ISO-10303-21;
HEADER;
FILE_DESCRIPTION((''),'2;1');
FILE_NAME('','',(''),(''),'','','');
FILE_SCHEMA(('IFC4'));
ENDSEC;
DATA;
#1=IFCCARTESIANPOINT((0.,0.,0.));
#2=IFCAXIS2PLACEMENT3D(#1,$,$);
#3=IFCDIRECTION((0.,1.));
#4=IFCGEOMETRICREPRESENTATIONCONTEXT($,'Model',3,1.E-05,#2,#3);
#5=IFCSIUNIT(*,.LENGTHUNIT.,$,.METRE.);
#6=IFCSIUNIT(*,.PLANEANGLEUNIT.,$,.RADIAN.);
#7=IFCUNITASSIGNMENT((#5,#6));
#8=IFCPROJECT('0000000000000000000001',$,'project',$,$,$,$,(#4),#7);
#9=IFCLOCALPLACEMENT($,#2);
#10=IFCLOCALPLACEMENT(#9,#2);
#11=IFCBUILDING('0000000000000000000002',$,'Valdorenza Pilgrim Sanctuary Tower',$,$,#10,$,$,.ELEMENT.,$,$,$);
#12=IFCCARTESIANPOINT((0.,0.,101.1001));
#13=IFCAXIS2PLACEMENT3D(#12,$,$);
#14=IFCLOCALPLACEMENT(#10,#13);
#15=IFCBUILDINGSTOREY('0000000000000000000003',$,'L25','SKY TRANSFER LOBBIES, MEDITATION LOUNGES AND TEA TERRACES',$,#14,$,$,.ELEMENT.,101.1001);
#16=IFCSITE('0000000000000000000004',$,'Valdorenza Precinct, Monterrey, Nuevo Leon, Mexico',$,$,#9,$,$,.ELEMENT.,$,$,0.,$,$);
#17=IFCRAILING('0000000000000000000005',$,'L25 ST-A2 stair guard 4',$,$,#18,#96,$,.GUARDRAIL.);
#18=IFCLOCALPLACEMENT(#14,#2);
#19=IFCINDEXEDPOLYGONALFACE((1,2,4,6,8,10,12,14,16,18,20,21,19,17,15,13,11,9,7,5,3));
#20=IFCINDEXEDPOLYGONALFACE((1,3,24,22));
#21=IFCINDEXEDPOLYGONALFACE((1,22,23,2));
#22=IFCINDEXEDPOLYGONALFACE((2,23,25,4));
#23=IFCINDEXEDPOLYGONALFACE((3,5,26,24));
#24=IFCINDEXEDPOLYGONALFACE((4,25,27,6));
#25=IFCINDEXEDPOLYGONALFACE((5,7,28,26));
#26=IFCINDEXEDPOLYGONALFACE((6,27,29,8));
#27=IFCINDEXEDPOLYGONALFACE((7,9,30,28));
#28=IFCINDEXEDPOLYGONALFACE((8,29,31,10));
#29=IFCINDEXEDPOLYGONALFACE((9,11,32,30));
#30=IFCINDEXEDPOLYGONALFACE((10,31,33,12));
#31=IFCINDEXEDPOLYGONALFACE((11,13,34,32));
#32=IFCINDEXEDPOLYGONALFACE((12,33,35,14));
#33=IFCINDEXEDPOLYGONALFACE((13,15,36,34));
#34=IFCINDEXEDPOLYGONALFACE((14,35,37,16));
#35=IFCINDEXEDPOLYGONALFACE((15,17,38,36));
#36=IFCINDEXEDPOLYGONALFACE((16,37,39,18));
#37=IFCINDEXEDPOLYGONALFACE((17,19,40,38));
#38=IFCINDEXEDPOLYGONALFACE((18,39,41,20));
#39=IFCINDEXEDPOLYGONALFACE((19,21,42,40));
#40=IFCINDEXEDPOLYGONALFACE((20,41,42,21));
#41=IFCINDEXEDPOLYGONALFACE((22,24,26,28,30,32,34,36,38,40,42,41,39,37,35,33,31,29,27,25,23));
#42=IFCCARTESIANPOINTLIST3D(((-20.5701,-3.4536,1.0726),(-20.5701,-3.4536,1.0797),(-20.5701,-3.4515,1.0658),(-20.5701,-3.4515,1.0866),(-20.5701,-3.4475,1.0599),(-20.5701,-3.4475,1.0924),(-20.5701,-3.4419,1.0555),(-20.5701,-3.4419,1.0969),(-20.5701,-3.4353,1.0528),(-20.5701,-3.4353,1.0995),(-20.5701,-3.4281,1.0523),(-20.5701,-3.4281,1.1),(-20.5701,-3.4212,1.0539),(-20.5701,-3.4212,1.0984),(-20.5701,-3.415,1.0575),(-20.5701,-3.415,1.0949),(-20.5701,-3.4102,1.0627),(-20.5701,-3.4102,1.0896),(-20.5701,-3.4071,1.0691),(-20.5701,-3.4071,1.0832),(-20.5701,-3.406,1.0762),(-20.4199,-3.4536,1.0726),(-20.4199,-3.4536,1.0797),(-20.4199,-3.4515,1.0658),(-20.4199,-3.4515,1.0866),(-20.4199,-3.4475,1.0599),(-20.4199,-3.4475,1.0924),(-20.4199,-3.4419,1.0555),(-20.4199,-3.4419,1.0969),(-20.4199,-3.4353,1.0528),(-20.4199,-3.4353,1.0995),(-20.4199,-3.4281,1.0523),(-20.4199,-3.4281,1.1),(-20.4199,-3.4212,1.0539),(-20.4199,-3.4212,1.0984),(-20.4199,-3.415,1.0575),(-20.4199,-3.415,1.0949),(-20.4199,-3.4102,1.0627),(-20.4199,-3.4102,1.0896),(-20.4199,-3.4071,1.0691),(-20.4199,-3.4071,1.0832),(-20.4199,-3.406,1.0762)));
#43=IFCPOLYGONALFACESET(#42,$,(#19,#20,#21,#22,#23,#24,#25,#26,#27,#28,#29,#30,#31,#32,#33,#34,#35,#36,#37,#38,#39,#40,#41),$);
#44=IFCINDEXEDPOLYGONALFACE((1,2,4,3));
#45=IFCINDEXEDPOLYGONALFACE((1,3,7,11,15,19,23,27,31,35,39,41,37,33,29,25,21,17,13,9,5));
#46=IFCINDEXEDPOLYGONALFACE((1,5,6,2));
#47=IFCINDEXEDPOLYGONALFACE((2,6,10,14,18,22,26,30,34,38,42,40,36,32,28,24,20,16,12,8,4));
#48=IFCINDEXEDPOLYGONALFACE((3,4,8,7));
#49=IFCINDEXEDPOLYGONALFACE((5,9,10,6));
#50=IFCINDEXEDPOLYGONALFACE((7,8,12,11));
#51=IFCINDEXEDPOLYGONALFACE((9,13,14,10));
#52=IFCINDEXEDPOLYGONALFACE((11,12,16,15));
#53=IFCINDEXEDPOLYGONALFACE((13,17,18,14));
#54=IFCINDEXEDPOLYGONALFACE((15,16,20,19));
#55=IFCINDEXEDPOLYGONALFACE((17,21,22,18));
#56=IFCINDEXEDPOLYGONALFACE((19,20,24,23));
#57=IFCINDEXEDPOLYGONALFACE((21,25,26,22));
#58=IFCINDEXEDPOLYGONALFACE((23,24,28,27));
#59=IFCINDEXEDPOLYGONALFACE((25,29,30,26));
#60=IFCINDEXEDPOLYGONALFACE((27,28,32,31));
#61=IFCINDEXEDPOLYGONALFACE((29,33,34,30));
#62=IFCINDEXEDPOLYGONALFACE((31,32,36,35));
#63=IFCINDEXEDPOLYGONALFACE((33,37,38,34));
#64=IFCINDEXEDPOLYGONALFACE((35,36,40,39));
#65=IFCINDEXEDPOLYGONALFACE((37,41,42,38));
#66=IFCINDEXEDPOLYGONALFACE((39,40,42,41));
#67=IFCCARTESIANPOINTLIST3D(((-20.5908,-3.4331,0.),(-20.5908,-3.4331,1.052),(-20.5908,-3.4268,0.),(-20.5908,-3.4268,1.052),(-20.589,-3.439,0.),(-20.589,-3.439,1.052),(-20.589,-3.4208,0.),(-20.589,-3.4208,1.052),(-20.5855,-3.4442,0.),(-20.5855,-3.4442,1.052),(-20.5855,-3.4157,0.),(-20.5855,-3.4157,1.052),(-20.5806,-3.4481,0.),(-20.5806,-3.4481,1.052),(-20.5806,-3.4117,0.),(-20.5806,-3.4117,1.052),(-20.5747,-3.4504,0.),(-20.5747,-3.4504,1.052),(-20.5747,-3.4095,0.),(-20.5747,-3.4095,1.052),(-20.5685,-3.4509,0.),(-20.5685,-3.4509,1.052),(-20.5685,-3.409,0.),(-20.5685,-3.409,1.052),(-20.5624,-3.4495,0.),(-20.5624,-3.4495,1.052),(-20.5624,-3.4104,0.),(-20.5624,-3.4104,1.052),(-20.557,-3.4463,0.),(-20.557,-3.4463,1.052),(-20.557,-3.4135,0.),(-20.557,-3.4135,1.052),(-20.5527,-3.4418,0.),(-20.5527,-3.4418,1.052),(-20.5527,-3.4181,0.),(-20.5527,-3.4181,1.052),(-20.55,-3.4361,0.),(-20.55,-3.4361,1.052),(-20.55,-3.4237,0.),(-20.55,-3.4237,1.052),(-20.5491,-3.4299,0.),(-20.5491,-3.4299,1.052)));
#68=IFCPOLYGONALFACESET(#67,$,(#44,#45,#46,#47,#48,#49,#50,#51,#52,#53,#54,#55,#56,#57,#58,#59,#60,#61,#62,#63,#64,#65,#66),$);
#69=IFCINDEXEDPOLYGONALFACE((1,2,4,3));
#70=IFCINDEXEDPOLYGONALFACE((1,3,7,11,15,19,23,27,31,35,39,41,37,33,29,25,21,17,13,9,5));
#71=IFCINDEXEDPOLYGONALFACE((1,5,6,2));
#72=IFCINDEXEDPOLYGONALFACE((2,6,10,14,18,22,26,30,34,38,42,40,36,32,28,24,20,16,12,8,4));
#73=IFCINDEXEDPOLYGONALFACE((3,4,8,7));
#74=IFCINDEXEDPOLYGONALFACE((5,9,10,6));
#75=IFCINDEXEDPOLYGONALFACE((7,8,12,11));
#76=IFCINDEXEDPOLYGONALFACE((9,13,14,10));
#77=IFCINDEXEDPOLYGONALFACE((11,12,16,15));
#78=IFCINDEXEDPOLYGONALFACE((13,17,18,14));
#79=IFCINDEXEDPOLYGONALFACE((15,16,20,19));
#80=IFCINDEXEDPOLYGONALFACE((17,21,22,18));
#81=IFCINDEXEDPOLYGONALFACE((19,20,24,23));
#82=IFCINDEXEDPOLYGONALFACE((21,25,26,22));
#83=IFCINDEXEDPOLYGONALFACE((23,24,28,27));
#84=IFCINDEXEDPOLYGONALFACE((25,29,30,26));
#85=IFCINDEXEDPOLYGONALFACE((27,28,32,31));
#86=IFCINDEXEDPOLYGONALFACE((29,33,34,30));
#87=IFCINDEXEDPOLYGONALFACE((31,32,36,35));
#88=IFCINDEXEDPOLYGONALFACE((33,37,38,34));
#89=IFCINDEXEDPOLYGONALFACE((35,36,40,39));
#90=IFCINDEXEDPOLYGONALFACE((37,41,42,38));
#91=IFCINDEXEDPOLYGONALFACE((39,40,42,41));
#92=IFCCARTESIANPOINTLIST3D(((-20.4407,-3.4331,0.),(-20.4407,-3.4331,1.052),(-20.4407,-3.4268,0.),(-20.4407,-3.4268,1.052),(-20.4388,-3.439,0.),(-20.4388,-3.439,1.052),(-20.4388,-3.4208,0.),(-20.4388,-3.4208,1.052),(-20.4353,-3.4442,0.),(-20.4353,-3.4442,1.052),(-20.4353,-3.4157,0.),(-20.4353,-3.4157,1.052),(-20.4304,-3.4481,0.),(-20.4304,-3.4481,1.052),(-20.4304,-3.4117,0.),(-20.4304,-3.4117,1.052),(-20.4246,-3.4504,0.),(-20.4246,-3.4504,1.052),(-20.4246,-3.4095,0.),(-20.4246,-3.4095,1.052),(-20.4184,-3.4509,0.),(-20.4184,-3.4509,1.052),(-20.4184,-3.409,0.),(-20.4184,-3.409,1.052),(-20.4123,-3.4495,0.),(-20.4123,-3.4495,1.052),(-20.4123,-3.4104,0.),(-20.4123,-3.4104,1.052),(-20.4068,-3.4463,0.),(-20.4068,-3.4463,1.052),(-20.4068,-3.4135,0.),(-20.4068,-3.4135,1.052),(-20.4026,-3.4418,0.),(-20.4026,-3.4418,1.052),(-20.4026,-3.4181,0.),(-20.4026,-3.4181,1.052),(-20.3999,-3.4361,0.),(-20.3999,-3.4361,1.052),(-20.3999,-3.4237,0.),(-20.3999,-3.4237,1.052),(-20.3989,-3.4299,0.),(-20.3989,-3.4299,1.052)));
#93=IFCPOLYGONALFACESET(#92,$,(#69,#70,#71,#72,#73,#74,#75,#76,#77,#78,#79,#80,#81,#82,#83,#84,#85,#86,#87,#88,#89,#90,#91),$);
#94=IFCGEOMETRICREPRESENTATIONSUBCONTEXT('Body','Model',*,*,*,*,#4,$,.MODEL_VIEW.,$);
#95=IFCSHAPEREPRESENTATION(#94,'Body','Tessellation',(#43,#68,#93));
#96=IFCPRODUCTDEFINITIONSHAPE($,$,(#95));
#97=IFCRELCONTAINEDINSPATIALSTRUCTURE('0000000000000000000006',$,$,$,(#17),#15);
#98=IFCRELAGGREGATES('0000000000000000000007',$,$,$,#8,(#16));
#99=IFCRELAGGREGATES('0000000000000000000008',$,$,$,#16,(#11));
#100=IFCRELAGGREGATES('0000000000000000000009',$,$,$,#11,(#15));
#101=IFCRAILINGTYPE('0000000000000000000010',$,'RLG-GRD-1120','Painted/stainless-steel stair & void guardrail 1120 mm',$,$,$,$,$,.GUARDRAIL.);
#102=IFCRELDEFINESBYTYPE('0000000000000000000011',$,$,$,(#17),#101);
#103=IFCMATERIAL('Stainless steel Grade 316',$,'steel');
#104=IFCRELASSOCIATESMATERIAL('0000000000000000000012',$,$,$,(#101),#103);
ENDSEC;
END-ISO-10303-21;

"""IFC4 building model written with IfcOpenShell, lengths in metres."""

from ifc_helpers import new_model, si_unit, direction, frame, origin, origin_2d, place, context, subcontext, project, spatial, circle, extrude, material, type_object, element, save


model = new_model("IFC4")

# Units and contexts
model_context = context("Model", 3, precision=1e-05, world=origin(), true_north=direction((0.0, 1.0)))
body_context = subcontext(model_context, "Body", "Model", "MODEL_VIEW")
ifc_project = project(units=[si_unit("LENGTHUNIT", "METRE"), si_unit("PLANEANGLEUNIT", "RADIAN")], contexts=[model_context])

# Site, building, storey
site_placement = place(None, origin())
site = spatial("IfcSite", under=ifc_project, at=site_placement, Name="Valdorenza Precinct, Monterrey, Nuevo Leon, Mexico", CompositionType="ELEMENT", RefElevation=0.0)
building_placement = place(site_placement, origin())
building = spatial("IfcBuilding", under=site, at=building_placement, Name="Valdorenza Pilgrim Sanctuary Tower", CompositionType="ELEMENT")
storey_placement = place(building_placement, frame((0.0, 0.0, 101.1001)))
storey = spatial("IfcBuildingStorey", under=building, at=storey_placement, Name="L25", Description="SKY TRANSFER LOBBIES, MEDITATION LOUNGES AND TEA TERRACES", CompositionType="ELEMENT", Elevation=101.1001)

# Railing
ifc_material_1 = material(Name="Stainless steel Grade 316", Category="steel")
railing_type_1 = type_object("IfcRailingType", Name="RLG-GRD-1120", Description="Painted/stainless-steel stair & void guardrail 1120 mm", PredefinedType="GUARDRAIL", material=ifc_material_1)
railing_1_placement = place(storey_placement, frame((-20.5701, -3.4299, 0.0)))
element("IfcRailing", 1, at=railing_1_placement, inside=storey, type_object=railing_type_1, Name="L25 ST-A2 stair guard 4", PredefinedType="GUARDRAIL", context=body_context, shape_type="SweptSolid", body=[
    extrude(circle(Radius=0.0239, at=origin_2d()), frame((0.0, 0.0, 1.0762), z_axis=(1.0, 0.0, 0.0), x_axis=(0.0, 1.0, 0.0)), (0.0, 0.0, 1.0), 0.1501),
    extrude(circle(Radius=0.021, at=origin_2d()), origin(), (0.0, 0.0, 1.0), 1.052),
    extrude(circle(Radius=0.021, at=origin_2d()), frame((0.1501, 0.0, 0.0)), (0.0, 0.0, 1.0), 1.052),
])

save(model, "model.ifc")
